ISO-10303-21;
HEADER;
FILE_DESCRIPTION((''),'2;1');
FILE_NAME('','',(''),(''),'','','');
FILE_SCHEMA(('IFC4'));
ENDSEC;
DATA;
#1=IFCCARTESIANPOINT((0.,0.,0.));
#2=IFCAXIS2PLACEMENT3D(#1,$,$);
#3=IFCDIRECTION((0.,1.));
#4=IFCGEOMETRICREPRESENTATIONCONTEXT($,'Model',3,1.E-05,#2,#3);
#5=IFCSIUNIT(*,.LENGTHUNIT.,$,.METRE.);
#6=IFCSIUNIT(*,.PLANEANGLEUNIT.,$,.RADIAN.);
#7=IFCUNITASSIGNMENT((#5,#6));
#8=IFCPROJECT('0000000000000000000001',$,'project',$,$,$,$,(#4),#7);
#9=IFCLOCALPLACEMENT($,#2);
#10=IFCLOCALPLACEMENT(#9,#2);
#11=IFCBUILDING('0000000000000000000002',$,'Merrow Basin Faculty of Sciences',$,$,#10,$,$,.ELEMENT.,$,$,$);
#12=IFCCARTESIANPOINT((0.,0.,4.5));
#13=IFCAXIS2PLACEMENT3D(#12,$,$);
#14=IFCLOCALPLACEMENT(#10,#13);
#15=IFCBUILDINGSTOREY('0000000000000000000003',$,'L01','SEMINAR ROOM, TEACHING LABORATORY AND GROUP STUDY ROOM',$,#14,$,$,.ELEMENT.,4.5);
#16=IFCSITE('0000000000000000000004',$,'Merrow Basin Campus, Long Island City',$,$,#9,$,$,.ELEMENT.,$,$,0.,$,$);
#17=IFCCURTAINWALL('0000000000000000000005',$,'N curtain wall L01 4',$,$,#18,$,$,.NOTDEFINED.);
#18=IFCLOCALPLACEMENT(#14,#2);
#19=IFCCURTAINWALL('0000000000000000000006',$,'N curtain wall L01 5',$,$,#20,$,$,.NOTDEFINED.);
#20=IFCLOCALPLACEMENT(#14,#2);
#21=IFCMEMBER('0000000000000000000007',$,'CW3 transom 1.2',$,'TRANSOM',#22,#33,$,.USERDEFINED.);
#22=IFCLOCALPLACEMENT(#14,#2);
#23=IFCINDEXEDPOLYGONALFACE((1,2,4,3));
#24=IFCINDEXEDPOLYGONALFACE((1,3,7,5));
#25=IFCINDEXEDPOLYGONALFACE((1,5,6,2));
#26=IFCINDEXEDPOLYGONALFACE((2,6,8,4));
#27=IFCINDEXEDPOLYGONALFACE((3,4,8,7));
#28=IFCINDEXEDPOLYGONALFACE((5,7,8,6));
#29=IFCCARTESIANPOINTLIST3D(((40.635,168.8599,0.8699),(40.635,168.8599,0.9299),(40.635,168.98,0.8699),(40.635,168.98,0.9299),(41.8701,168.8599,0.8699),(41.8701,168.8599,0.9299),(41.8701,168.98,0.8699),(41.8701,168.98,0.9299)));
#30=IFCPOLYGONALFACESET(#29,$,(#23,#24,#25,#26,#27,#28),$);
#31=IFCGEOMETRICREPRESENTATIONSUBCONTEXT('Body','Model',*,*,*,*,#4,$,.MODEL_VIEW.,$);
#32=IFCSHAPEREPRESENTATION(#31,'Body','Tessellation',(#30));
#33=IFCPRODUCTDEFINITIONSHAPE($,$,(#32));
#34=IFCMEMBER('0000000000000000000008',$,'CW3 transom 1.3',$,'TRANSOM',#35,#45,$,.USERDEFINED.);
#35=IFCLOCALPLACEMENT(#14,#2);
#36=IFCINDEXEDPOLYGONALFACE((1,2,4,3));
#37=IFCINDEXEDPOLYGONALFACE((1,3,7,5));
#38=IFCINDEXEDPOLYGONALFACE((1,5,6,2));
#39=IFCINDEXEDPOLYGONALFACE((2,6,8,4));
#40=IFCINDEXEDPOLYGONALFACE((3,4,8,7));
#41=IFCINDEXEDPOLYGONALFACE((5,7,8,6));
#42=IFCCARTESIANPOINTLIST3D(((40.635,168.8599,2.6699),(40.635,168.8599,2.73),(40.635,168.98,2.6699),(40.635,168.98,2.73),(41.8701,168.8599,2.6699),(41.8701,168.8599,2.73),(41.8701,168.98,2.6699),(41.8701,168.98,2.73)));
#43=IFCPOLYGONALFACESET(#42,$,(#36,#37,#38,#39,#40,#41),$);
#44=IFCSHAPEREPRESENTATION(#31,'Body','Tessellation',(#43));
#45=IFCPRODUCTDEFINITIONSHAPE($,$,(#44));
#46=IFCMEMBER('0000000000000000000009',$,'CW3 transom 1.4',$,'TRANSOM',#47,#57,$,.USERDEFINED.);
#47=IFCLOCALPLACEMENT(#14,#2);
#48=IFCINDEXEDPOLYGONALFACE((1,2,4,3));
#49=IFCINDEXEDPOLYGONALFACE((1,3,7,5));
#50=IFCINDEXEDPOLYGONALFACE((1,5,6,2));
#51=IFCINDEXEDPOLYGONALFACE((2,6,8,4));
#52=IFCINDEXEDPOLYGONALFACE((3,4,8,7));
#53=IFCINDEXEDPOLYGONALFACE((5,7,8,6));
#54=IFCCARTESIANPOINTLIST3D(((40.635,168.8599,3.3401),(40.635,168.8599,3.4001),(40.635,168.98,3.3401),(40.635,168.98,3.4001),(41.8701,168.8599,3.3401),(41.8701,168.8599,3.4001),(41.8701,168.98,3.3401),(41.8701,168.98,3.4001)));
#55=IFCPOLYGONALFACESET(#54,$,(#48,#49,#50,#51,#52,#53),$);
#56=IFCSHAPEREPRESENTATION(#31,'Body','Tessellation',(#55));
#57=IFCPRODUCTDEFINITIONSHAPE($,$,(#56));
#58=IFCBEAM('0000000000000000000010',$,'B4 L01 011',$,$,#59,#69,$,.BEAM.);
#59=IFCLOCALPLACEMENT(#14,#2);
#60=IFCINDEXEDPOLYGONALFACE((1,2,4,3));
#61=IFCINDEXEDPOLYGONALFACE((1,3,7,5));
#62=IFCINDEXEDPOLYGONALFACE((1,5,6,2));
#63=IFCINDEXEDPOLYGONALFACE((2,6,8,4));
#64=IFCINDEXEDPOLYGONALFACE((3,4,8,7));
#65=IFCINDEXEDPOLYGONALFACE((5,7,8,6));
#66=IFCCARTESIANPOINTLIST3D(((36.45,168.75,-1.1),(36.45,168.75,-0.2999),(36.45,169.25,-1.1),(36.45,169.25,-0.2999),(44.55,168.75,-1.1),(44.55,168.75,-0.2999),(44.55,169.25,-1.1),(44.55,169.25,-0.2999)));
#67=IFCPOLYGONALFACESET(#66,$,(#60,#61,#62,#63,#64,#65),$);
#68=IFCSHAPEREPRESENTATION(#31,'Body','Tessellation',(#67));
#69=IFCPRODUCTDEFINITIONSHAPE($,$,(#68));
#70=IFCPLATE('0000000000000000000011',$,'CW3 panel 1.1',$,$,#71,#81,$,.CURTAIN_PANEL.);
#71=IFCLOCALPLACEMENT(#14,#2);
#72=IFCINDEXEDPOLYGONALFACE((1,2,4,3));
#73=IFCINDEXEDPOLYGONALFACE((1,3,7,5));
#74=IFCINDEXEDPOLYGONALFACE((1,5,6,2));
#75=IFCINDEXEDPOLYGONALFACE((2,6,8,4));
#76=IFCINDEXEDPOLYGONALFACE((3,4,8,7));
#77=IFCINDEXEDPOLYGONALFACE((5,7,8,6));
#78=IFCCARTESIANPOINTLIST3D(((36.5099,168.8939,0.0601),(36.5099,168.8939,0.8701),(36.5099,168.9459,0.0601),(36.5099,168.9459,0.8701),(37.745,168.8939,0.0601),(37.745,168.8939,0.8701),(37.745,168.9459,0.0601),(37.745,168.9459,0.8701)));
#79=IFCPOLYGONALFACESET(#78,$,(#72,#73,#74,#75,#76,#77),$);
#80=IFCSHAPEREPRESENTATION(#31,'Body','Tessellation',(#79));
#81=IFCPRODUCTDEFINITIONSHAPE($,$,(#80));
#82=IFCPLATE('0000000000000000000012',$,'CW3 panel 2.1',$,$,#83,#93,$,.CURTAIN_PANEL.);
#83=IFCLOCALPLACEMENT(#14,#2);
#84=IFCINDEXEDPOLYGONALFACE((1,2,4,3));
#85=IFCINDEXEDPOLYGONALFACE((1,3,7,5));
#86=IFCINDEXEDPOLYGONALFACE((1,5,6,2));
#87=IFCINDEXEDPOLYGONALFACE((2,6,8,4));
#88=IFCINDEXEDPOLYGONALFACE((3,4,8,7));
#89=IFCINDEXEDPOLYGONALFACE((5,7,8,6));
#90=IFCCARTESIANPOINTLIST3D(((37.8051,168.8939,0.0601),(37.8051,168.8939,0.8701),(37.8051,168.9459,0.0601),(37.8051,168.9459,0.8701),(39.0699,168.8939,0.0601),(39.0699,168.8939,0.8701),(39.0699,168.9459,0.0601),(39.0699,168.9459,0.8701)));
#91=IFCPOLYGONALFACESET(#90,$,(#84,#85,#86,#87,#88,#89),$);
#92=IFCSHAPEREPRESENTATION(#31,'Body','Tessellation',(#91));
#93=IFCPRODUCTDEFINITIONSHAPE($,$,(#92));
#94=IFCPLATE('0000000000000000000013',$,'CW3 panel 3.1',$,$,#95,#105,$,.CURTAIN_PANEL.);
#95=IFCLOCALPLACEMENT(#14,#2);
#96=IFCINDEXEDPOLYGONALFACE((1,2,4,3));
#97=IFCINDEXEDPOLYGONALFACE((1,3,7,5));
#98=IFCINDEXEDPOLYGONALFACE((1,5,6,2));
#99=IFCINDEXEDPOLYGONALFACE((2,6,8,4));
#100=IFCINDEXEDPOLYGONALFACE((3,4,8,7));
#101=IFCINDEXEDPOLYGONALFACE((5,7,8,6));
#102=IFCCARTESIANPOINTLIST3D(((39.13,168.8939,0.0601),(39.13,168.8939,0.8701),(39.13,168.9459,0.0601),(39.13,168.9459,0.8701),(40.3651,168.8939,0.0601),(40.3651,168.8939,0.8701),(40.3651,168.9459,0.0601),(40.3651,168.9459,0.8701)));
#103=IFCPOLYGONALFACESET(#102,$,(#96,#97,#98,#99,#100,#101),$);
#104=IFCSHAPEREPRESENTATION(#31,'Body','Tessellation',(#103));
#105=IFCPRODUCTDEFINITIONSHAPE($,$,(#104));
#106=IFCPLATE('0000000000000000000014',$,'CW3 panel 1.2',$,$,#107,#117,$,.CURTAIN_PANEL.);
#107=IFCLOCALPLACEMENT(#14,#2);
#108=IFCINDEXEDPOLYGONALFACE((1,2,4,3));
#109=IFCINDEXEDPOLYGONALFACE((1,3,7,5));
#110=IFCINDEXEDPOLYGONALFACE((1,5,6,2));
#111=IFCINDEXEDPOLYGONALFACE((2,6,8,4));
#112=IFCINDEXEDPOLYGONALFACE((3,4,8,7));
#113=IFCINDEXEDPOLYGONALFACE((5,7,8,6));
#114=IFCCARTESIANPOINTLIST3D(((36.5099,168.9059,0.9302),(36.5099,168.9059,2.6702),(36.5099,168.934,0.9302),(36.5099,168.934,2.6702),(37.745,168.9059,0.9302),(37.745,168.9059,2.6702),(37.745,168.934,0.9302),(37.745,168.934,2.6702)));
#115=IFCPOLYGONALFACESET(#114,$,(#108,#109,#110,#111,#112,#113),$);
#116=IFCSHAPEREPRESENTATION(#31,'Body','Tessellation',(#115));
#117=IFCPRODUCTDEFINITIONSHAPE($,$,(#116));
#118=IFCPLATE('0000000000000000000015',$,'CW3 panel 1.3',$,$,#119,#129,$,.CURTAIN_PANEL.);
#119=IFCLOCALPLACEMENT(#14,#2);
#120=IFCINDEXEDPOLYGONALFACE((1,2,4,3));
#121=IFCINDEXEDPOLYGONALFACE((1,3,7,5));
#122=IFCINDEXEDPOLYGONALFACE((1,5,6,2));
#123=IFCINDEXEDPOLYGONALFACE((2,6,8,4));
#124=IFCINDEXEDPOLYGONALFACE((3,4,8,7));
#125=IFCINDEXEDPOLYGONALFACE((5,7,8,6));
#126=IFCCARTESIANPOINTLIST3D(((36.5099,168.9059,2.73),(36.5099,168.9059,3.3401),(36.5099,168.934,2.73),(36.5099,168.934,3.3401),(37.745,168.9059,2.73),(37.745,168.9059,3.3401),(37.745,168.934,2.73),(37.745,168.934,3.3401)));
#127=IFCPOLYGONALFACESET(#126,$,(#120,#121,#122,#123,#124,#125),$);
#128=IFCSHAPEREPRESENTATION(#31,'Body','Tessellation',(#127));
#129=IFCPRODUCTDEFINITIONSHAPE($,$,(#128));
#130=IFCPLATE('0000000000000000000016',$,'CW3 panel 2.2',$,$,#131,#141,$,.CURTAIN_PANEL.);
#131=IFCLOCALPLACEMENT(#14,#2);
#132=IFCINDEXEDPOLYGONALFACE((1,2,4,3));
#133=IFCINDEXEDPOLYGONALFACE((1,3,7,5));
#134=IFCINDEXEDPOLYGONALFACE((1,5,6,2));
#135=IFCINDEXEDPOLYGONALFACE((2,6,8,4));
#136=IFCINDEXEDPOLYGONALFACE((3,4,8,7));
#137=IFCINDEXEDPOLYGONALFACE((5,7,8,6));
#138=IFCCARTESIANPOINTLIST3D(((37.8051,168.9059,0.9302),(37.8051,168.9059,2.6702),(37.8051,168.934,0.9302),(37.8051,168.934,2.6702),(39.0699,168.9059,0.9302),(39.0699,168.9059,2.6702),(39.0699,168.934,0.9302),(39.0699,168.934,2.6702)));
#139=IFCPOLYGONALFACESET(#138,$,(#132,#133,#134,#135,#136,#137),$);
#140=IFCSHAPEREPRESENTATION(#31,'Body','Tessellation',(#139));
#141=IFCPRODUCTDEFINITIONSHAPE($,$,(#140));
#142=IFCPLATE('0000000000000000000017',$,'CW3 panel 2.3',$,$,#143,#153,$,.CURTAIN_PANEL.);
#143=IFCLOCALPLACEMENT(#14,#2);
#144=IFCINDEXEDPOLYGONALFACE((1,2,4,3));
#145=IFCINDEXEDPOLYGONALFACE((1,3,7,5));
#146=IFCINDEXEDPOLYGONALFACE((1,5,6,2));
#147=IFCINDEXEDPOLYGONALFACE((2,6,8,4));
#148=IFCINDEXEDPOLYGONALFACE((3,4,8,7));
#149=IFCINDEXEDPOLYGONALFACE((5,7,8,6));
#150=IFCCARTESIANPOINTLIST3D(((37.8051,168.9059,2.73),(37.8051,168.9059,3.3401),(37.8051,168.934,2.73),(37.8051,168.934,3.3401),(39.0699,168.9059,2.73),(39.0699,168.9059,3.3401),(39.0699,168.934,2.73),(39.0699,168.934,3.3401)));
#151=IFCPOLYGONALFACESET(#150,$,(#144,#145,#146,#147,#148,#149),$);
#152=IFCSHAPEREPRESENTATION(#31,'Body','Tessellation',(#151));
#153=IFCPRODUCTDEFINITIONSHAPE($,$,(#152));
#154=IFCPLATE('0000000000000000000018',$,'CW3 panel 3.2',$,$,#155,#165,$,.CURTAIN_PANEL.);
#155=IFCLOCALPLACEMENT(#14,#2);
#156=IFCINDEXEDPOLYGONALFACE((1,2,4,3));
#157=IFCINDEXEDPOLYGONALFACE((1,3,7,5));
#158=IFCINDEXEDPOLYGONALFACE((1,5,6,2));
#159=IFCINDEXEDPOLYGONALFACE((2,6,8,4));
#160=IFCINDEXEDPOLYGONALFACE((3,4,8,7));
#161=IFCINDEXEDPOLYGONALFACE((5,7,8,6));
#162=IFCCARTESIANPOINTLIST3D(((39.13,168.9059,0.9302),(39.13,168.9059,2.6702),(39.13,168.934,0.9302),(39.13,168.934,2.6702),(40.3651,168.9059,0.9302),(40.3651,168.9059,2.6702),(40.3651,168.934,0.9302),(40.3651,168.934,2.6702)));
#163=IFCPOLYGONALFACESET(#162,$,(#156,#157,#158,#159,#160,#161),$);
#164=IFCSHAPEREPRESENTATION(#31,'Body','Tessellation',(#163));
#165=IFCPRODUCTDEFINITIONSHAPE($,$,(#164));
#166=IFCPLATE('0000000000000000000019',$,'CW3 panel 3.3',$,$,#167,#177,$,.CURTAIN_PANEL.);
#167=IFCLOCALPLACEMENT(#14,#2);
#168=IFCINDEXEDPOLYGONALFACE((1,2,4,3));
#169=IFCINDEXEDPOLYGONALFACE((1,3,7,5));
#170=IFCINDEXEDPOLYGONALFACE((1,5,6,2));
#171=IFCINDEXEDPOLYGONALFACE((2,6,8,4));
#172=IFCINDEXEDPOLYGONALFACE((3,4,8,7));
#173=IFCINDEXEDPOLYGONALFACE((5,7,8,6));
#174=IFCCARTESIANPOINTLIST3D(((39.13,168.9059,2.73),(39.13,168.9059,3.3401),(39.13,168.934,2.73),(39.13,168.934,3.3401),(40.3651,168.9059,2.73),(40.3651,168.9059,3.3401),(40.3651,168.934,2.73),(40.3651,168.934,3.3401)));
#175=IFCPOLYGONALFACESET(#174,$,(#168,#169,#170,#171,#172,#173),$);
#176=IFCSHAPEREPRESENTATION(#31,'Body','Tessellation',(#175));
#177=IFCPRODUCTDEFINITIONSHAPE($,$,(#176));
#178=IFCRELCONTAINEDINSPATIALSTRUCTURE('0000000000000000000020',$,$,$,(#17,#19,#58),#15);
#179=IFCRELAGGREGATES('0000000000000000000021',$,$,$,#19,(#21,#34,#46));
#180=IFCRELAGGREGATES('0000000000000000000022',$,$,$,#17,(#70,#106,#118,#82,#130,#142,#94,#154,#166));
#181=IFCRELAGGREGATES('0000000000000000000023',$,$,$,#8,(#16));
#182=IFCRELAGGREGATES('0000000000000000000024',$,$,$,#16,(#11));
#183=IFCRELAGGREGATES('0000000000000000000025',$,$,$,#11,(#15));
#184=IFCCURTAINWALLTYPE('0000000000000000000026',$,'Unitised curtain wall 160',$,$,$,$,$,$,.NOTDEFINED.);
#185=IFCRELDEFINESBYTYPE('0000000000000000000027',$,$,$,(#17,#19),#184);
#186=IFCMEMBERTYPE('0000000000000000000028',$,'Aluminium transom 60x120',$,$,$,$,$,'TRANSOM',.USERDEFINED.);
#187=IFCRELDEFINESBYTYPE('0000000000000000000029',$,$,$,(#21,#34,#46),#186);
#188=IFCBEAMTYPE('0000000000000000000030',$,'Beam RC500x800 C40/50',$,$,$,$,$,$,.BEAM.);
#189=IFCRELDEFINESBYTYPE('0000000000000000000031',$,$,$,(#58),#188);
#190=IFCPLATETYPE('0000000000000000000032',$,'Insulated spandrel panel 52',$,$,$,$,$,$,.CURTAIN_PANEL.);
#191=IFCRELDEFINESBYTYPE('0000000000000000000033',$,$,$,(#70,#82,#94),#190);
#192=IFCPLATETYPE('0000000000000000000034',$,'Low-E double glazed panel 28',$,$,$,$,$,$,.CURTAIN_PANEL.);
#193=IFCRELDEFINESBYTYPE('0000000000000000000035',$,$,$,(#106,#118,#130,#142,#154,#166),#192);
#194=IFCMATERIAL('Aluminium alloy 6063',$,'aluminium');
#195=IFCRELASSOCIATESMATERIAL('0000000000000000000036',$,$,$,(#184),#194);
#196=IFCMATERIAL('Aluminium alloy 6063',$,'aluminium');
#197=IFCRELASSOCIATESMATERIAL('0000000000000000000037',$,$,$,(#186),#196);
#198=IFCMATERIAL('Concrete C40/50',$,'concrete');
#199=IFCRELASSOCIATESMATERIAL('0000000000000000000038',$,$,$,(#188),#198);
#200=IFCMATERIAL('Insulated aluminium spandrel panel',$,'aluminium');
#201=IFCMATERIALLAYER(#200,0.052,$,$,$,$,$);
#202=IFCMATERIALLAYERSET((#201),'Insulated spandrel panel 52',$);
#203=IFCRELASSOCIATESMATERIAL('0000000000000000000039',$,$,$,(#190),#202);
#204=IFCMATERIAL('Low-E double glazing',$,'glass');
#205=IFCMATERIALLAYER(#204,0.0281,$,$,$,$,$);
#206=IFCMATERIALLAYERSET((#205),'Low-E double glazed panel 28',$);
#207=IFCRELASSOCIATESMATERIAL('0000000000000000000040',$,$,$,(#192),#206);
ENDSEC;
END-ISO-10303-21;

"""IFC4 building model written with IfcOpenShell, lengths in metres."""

from ifc_helpers import new_model, si_unit, direction, frame, origin, origin_2d, place, context, subcontext, project, spatial, rectangle, extrude, material, layer, layer_set, material_profile, profile_set, type_object, element, aggregate, save


model = new_model("IFC4")

# Units and contexts
model_context = context("Model", 3, precision=1e-05, world=origin(), true_north=direction((0.0, 1.0)))
body_context = subcontext(model_context, "Body", "Model", "MODEL_VIEW")
ifc_project = project(units=[si_unit("LENGTHUNIT", "METRE"), si_unit("PLANEANGLEUNIT", "RADIAN")], contexts=[model_context])

# Site, building, storey
site_placement = place(None, origin())
site = spatial("IfcSite", under=ifc_project, at=site_placement, Name="Merrow Basin Campus, Long Island City", CompositionType="ELEMENT", RefElevation=0.0)
building_placement = place(site_placement, origin())
building = spatial("IfcBuilding", under=site, at=building_placement, Name="Merrow Basin Faculty of Sciences", CompositionType="ELEMENT")
storey_placement = place(building_placement, frame((0.0, 0.0, 4.5)))
storey = spatial("IfcBuildingStorey", under=building, at=storey_placement, Name="L01", Description="SEMINAR ROOM, TEACHING LABORATORY AND GROUP STUDY ROOM", CompositionType="ELEMENT", Elevation=4.5)

# Curtain wall
ifc_material_1 = material(Name="Aluminium alloy 6063", Category="aluminium")
curtain_wall_type = type_object("IfcCurtainWallType", Name="Unitised curtain wall 160", PredefinedType="NOTDEFINED", material=ifc_material_1)
curtain_wall_1_placement = place(storey_placement, origin())
curtain_wall_1 = element("IfcCurtainWall", 1, at=curtain_wall_1_placement, inside=storey, type_object=curtain_wall_type, Name="N curtain wall L01 4", PredefinedType="NOTDEFINED")

# Curtain wall
curtain_wall_2_placement = place(storey_placement, origin())
curtain_wall_2 = element("IfcCurtainWall", 2, at=curtain_wall_2_placement, inside=storey, type_object=curtain_wall_type, Name="N curtain wall L01 5", PredefinedType="NOTDEFINED")

# Members
ifc_material_2 = material(Name="Aluminium alloy 6063", Category="aluminium")
ifc_material_profile_1 = material_profile(ifc_material_2, rectangle(XDim=0.1201, YDim=0.0601, at=origin_2d()))
ifc_profile_set_1 = profile_set([ifc_material_profile_1], Name="Aluminium alloy 6063")
member_type_1 = type_object("IfcMemberType", Name="Aluminium transom 60x120", ElementType="TRANSOM", PredefinedType="USERDEFINED", material=ifc_profile_set_1)
member_1_placement = place(storey_placement, frame((40.635, 168.9199, 0.8999), z_axis=(1.0, 0.0, 0.0), x_axis=(0.0, 1.0, 0.0)))
member_1 = element("IfcMember", 3, at=member_1_placement, type_object=member_type_1, Name="CW3 transom 1.2", ObjectType="TRANSOM", PredefinedType="USERDEFINED", context=body_context, shape_type="SweptSolid", body=[
    extrude(rectangle(XDim=0.1201, YDim=0.0601, at=origin_2d()), origin(), (0.0, 0.0, 1.0), 1.2351),
])
member_2_placement = place(storey_placement, frame((40.635, 168.9199, 2.7), z_axis=(1.0, 0.0, 0.0), x_axis=(0.0, 1.0, 0.0)))
member_2 = element("IfcMember", 4, at=member_2_placement, type_object=member_type_1, Name="CW3 transom 1.3", ObjectType="TRANSOM", PredefinedType="USERDEFINED", context=body_context, shape_type="SweptSolid", body=[
    extrude(rectangle(XDim=0.1201, YDim=0.0601, at=origin_2d()), origin(), (0.0, 0.0, 1.0), 1.2351),
])
member_3_placement = place(storey_placement, frame((40.635, 168.9199, 3.3701), z_axis=(1.0, 0.0, 0.0), x_axis=(0.0, 1.0, 0.0)))
member_3 = element("IfcMember", 5, at=member_3_placement, type_object=member_type_1, Name="CW3 transom 1.4", ObjectType="TRANSOM", PredefinedType="USERDEFINED", context=body_context, shape_type="SweptSolid", body=[
    extrude(rectangle(XDim=0.1201, YDim=0.0601, at=origin_2d()), origin(), (0.0, 0.0, 1.0), 1.2351),
])
aggregate(curtain_wall_2, [member_1, member_2, member_3])

# Beam
ifc_material_3 = material(Name="Concrete C40/50", Category="concrete")
ifc_material_profile_2 = material_profile(ifc_material_3, rectangle(XDim=0.5, YDim=0.8, at=origin_2d()))
ifc_profile_set_2 = profile_set([ifc_material_profile_2], Name="Concrete C40/50")
beam_type = type_object("IfcBeamType", Name="Beam RC500x800 C40/50", PredefinedType="BEAM", material=ifc_profile_set_2)
beam_placement = place(storey_placement, frame((36.45, 169.0, -0.7), z_axis=(1.0, 0.0, 0.0), x_axis=(0.0, 1.0, 0.0)))
element("IfcBeam", 6, at=beam_placement, inside=storey, type_object=beam_type, Name="B4 L01 011", PredefinedType="BEAM", context=body_context, shape_type="SweptSolid", body=[
    extrude(rectangle(XDim=0.5, YDim=0.8, at=origin_2d()), origin(), (0.0, 0.0, 1.0), 8.1001),
])

# Plates
ifc_material_4 = material(Name="Insulated aluminium spandrel panel", Category="aluminium")
ifc_layer_1 = layer(ifc_material_4, 0.052)
ifc_layer_set_1 = layer_set([ifc_layer_1], Name="Insulated spandrel panel 52")
plate_type_1 = type_object("IfcPlateType", Name="Insulated spandrel panel 52", PredefinedType="CURTAIN_PANEL", material=ifc_layer_set_1)
plate_1_placement = place(storey_placement, frame((37.1274, 168.9199, 0.0601), z_axis=(0.0, 0.0, 1.0), x_axis=(1.0, 0.0, 0.0)))
plate_1 = element("IfcPlate", 7, at=plate_1_placement, type_object=plate_type_1, Name="CW3 panel 1.1", PredefinedType="CURTAIN_PANEL", context=body_context, shape_type="SweptSolid", body=[
    extrude(rectangle(XDim=1.2351, YDim=0.052, at=origin_2d()), origin(), (0.0, 0.0, 1.0), 0.8101),
])
plate_2_placement = place(storey_placement, frame((38.4375, 168.9199, 0.0601), z_axis=(0.0, 0.0, 1.0), x_axis=(1.0, 0.0, 0.0)))
plate_2 = element("IfcPlate", 8, at=plate_2_placement, type_object=plate_type_1, Name="CW3 panel 2.1", PredefinedType="CURTAIN_PANEL", context=body_context, shape_type="SweptSolid", body=[
    extrude(rectangle(XDim=1.2649, YDim=0.052, at=origin_2d()), origin(), (0.0, 0.0, 1.0), 0.8101),
])
plate_3_placement = place(storey_placement, frame((39.7476, 168.9199, 0.0601), z_axis=(0.0, 0.0, 1.0), x_axis=(1.0, 0.0, 0.0)))
plate_3 = element("IfcPlate", 9, at=plate_3_placement, type_object=plate_type_1, Name="CW3 panel 3.1", PredefinedType="CURTAIN_PANEL", context=body_context, shape_type="SweptSolid", body=[
    extrude(rectangle(XDim=1.2351, YDim=0.052, at=origin_2d()), origin(), (0.0, 0.0, 1.0), 0.8101),
])
ifc_material_5 = material(Name="Low-E double glazing", Category="glass")
ifc_layer_2 = layer(ifc_material_5, 0.0281)
ifc_layer_set_2 = layer_set([ifc_layer_2], Name="Low-E double glazed panel 28")
plate_type_2 = type_object("IfcPlateType", Name="Low-E double glazed panel 28", PredefinedType="CURTAIN_PANEL", material=ifc_layer_set_2)
plate_4_placement = place(storey_placement, frame((37.1274, 168.9199, 0.9302), z_axis=(0.0, 0.0, 1.0), x_axis=(1.0, 0.0, 0.0)))
plate_4 = element("IfcPlate", 10, at=plate_4_placement, type_object=plate_type_2, Name="CW3 panel 1.2", PredefinedType="CURTAIN_PANEL", context=body_context, shape_type="SweptSolid", body=[
    extrude(rectangle(XDim=1.2351, YDim=0.0281, at=origin_2d()), origin(), (0.0, 0.0, 1.0), 1.74),
])
plate_5_placement = place(storey_placement, frame((37.1274, 168.9199, 2.73), z_axis=(0.0, 0.0, 1.0), x_axis=(1.0, 0.0, 0.0)))
plate_5 = element("IfcPlate", 11, at=plate_5_placement, type_object=plate_type_2, Name="CW3 panel 1.3", PredefinedType="CURTAIN_PANEL", context=body_context, shape_type="SweptSolid", body=[
    extrude(rectangle(XDim=1.2351, YDim=0.0281, at=origin_2d()), origin(), (0.0, 0.0, 1.0), 0.6101),
])
plate_6_placement = place(storey_placement, frame((38.4375, 168.9199, 0.9302), z_axis=(0.0, 0.0, 1.0), x_axis=(1.0, 0.0, 0.0)))
plate_6 = element("IfcPlate", 12, at=plate_6_placement, type_object=plate_type_2, Name="CW3 panel 2.2", PredefinedType="CURTAIN_PANEL", context=body_context, shape_type="SweptSolid", body=[
    extrude(rectangle(XDim=1.2649, YDim=0.0281, at=origin_2d()), origin(), (0.0, 0.0, 1.0), 1.74),
])
plate_7_placement = place(storey_placement, frame((38.4375, 168.9199, 2.73), z_axis=(0.0, 0.0, 1.0), x_axis=(1.0, 0.0, 0.0)))
plate_7 = element("IfcPlate", 13, at=plate_7_placement, type_object=plate_type_2, Name="CW3 panel 2.3", PredefinedType="CURTAIN_PANEL", context=body_context, shape_type="SweptSolid", body=[
    extrude(rectangle(XDim=1.2649, YDim=0.0281, at=origin_2d()), origin(), (0.0, 0.0, 1.0), 0.6101),
])
plate_8_placement = place(storey_placement, frame((39.7476, 168.9199, 0.9302), z_axis=(0.0, 0.0, 1.0), x_axis=(1.0, 0.0, 0.0)))
plate_8 = element("IfcPlate", 14, at=plate_8_placement, type_object=plate_type_2, Name="CW3 panel 3.2", PredefinedType="CURTAIN_PANEL", context=body_context, shape_type="SweptSolid", body=[
    extrude(rectangle(XDim=1.2351, YDim=0.0281, at=origin_2d()), origin(), (0.0, 0.0, 1.0), 1.74),
])
plate_9_placement = place(storey_placement, frame((39.7476, 168.9199, 2.73), z_axis=(0.0, 0.0, 1.0), x_axis=(1.0, 0.0, 0.0)))
plate_9 = element("IfcPlate", 15, at=plate_9_placement, type_object=plate_type_2, Name="CW3 panel 3.3", PredefinedType="CURTAIN_PANEL", context=body_context, shape_type="SweptSolid", body=[
    extrude(rectangle(XDim=1.2351, YDim=0.0281, at=origin_2d()), origin(), (0.0, 0.0, 1.0), 0.6101),
])
aggregate(curtain_wall_1, [plate_1, plate_4, plate_5, plate_2, plate_6, plate_7, plate_3, plate_8, plate_9])

save(model, "model.ifc")
